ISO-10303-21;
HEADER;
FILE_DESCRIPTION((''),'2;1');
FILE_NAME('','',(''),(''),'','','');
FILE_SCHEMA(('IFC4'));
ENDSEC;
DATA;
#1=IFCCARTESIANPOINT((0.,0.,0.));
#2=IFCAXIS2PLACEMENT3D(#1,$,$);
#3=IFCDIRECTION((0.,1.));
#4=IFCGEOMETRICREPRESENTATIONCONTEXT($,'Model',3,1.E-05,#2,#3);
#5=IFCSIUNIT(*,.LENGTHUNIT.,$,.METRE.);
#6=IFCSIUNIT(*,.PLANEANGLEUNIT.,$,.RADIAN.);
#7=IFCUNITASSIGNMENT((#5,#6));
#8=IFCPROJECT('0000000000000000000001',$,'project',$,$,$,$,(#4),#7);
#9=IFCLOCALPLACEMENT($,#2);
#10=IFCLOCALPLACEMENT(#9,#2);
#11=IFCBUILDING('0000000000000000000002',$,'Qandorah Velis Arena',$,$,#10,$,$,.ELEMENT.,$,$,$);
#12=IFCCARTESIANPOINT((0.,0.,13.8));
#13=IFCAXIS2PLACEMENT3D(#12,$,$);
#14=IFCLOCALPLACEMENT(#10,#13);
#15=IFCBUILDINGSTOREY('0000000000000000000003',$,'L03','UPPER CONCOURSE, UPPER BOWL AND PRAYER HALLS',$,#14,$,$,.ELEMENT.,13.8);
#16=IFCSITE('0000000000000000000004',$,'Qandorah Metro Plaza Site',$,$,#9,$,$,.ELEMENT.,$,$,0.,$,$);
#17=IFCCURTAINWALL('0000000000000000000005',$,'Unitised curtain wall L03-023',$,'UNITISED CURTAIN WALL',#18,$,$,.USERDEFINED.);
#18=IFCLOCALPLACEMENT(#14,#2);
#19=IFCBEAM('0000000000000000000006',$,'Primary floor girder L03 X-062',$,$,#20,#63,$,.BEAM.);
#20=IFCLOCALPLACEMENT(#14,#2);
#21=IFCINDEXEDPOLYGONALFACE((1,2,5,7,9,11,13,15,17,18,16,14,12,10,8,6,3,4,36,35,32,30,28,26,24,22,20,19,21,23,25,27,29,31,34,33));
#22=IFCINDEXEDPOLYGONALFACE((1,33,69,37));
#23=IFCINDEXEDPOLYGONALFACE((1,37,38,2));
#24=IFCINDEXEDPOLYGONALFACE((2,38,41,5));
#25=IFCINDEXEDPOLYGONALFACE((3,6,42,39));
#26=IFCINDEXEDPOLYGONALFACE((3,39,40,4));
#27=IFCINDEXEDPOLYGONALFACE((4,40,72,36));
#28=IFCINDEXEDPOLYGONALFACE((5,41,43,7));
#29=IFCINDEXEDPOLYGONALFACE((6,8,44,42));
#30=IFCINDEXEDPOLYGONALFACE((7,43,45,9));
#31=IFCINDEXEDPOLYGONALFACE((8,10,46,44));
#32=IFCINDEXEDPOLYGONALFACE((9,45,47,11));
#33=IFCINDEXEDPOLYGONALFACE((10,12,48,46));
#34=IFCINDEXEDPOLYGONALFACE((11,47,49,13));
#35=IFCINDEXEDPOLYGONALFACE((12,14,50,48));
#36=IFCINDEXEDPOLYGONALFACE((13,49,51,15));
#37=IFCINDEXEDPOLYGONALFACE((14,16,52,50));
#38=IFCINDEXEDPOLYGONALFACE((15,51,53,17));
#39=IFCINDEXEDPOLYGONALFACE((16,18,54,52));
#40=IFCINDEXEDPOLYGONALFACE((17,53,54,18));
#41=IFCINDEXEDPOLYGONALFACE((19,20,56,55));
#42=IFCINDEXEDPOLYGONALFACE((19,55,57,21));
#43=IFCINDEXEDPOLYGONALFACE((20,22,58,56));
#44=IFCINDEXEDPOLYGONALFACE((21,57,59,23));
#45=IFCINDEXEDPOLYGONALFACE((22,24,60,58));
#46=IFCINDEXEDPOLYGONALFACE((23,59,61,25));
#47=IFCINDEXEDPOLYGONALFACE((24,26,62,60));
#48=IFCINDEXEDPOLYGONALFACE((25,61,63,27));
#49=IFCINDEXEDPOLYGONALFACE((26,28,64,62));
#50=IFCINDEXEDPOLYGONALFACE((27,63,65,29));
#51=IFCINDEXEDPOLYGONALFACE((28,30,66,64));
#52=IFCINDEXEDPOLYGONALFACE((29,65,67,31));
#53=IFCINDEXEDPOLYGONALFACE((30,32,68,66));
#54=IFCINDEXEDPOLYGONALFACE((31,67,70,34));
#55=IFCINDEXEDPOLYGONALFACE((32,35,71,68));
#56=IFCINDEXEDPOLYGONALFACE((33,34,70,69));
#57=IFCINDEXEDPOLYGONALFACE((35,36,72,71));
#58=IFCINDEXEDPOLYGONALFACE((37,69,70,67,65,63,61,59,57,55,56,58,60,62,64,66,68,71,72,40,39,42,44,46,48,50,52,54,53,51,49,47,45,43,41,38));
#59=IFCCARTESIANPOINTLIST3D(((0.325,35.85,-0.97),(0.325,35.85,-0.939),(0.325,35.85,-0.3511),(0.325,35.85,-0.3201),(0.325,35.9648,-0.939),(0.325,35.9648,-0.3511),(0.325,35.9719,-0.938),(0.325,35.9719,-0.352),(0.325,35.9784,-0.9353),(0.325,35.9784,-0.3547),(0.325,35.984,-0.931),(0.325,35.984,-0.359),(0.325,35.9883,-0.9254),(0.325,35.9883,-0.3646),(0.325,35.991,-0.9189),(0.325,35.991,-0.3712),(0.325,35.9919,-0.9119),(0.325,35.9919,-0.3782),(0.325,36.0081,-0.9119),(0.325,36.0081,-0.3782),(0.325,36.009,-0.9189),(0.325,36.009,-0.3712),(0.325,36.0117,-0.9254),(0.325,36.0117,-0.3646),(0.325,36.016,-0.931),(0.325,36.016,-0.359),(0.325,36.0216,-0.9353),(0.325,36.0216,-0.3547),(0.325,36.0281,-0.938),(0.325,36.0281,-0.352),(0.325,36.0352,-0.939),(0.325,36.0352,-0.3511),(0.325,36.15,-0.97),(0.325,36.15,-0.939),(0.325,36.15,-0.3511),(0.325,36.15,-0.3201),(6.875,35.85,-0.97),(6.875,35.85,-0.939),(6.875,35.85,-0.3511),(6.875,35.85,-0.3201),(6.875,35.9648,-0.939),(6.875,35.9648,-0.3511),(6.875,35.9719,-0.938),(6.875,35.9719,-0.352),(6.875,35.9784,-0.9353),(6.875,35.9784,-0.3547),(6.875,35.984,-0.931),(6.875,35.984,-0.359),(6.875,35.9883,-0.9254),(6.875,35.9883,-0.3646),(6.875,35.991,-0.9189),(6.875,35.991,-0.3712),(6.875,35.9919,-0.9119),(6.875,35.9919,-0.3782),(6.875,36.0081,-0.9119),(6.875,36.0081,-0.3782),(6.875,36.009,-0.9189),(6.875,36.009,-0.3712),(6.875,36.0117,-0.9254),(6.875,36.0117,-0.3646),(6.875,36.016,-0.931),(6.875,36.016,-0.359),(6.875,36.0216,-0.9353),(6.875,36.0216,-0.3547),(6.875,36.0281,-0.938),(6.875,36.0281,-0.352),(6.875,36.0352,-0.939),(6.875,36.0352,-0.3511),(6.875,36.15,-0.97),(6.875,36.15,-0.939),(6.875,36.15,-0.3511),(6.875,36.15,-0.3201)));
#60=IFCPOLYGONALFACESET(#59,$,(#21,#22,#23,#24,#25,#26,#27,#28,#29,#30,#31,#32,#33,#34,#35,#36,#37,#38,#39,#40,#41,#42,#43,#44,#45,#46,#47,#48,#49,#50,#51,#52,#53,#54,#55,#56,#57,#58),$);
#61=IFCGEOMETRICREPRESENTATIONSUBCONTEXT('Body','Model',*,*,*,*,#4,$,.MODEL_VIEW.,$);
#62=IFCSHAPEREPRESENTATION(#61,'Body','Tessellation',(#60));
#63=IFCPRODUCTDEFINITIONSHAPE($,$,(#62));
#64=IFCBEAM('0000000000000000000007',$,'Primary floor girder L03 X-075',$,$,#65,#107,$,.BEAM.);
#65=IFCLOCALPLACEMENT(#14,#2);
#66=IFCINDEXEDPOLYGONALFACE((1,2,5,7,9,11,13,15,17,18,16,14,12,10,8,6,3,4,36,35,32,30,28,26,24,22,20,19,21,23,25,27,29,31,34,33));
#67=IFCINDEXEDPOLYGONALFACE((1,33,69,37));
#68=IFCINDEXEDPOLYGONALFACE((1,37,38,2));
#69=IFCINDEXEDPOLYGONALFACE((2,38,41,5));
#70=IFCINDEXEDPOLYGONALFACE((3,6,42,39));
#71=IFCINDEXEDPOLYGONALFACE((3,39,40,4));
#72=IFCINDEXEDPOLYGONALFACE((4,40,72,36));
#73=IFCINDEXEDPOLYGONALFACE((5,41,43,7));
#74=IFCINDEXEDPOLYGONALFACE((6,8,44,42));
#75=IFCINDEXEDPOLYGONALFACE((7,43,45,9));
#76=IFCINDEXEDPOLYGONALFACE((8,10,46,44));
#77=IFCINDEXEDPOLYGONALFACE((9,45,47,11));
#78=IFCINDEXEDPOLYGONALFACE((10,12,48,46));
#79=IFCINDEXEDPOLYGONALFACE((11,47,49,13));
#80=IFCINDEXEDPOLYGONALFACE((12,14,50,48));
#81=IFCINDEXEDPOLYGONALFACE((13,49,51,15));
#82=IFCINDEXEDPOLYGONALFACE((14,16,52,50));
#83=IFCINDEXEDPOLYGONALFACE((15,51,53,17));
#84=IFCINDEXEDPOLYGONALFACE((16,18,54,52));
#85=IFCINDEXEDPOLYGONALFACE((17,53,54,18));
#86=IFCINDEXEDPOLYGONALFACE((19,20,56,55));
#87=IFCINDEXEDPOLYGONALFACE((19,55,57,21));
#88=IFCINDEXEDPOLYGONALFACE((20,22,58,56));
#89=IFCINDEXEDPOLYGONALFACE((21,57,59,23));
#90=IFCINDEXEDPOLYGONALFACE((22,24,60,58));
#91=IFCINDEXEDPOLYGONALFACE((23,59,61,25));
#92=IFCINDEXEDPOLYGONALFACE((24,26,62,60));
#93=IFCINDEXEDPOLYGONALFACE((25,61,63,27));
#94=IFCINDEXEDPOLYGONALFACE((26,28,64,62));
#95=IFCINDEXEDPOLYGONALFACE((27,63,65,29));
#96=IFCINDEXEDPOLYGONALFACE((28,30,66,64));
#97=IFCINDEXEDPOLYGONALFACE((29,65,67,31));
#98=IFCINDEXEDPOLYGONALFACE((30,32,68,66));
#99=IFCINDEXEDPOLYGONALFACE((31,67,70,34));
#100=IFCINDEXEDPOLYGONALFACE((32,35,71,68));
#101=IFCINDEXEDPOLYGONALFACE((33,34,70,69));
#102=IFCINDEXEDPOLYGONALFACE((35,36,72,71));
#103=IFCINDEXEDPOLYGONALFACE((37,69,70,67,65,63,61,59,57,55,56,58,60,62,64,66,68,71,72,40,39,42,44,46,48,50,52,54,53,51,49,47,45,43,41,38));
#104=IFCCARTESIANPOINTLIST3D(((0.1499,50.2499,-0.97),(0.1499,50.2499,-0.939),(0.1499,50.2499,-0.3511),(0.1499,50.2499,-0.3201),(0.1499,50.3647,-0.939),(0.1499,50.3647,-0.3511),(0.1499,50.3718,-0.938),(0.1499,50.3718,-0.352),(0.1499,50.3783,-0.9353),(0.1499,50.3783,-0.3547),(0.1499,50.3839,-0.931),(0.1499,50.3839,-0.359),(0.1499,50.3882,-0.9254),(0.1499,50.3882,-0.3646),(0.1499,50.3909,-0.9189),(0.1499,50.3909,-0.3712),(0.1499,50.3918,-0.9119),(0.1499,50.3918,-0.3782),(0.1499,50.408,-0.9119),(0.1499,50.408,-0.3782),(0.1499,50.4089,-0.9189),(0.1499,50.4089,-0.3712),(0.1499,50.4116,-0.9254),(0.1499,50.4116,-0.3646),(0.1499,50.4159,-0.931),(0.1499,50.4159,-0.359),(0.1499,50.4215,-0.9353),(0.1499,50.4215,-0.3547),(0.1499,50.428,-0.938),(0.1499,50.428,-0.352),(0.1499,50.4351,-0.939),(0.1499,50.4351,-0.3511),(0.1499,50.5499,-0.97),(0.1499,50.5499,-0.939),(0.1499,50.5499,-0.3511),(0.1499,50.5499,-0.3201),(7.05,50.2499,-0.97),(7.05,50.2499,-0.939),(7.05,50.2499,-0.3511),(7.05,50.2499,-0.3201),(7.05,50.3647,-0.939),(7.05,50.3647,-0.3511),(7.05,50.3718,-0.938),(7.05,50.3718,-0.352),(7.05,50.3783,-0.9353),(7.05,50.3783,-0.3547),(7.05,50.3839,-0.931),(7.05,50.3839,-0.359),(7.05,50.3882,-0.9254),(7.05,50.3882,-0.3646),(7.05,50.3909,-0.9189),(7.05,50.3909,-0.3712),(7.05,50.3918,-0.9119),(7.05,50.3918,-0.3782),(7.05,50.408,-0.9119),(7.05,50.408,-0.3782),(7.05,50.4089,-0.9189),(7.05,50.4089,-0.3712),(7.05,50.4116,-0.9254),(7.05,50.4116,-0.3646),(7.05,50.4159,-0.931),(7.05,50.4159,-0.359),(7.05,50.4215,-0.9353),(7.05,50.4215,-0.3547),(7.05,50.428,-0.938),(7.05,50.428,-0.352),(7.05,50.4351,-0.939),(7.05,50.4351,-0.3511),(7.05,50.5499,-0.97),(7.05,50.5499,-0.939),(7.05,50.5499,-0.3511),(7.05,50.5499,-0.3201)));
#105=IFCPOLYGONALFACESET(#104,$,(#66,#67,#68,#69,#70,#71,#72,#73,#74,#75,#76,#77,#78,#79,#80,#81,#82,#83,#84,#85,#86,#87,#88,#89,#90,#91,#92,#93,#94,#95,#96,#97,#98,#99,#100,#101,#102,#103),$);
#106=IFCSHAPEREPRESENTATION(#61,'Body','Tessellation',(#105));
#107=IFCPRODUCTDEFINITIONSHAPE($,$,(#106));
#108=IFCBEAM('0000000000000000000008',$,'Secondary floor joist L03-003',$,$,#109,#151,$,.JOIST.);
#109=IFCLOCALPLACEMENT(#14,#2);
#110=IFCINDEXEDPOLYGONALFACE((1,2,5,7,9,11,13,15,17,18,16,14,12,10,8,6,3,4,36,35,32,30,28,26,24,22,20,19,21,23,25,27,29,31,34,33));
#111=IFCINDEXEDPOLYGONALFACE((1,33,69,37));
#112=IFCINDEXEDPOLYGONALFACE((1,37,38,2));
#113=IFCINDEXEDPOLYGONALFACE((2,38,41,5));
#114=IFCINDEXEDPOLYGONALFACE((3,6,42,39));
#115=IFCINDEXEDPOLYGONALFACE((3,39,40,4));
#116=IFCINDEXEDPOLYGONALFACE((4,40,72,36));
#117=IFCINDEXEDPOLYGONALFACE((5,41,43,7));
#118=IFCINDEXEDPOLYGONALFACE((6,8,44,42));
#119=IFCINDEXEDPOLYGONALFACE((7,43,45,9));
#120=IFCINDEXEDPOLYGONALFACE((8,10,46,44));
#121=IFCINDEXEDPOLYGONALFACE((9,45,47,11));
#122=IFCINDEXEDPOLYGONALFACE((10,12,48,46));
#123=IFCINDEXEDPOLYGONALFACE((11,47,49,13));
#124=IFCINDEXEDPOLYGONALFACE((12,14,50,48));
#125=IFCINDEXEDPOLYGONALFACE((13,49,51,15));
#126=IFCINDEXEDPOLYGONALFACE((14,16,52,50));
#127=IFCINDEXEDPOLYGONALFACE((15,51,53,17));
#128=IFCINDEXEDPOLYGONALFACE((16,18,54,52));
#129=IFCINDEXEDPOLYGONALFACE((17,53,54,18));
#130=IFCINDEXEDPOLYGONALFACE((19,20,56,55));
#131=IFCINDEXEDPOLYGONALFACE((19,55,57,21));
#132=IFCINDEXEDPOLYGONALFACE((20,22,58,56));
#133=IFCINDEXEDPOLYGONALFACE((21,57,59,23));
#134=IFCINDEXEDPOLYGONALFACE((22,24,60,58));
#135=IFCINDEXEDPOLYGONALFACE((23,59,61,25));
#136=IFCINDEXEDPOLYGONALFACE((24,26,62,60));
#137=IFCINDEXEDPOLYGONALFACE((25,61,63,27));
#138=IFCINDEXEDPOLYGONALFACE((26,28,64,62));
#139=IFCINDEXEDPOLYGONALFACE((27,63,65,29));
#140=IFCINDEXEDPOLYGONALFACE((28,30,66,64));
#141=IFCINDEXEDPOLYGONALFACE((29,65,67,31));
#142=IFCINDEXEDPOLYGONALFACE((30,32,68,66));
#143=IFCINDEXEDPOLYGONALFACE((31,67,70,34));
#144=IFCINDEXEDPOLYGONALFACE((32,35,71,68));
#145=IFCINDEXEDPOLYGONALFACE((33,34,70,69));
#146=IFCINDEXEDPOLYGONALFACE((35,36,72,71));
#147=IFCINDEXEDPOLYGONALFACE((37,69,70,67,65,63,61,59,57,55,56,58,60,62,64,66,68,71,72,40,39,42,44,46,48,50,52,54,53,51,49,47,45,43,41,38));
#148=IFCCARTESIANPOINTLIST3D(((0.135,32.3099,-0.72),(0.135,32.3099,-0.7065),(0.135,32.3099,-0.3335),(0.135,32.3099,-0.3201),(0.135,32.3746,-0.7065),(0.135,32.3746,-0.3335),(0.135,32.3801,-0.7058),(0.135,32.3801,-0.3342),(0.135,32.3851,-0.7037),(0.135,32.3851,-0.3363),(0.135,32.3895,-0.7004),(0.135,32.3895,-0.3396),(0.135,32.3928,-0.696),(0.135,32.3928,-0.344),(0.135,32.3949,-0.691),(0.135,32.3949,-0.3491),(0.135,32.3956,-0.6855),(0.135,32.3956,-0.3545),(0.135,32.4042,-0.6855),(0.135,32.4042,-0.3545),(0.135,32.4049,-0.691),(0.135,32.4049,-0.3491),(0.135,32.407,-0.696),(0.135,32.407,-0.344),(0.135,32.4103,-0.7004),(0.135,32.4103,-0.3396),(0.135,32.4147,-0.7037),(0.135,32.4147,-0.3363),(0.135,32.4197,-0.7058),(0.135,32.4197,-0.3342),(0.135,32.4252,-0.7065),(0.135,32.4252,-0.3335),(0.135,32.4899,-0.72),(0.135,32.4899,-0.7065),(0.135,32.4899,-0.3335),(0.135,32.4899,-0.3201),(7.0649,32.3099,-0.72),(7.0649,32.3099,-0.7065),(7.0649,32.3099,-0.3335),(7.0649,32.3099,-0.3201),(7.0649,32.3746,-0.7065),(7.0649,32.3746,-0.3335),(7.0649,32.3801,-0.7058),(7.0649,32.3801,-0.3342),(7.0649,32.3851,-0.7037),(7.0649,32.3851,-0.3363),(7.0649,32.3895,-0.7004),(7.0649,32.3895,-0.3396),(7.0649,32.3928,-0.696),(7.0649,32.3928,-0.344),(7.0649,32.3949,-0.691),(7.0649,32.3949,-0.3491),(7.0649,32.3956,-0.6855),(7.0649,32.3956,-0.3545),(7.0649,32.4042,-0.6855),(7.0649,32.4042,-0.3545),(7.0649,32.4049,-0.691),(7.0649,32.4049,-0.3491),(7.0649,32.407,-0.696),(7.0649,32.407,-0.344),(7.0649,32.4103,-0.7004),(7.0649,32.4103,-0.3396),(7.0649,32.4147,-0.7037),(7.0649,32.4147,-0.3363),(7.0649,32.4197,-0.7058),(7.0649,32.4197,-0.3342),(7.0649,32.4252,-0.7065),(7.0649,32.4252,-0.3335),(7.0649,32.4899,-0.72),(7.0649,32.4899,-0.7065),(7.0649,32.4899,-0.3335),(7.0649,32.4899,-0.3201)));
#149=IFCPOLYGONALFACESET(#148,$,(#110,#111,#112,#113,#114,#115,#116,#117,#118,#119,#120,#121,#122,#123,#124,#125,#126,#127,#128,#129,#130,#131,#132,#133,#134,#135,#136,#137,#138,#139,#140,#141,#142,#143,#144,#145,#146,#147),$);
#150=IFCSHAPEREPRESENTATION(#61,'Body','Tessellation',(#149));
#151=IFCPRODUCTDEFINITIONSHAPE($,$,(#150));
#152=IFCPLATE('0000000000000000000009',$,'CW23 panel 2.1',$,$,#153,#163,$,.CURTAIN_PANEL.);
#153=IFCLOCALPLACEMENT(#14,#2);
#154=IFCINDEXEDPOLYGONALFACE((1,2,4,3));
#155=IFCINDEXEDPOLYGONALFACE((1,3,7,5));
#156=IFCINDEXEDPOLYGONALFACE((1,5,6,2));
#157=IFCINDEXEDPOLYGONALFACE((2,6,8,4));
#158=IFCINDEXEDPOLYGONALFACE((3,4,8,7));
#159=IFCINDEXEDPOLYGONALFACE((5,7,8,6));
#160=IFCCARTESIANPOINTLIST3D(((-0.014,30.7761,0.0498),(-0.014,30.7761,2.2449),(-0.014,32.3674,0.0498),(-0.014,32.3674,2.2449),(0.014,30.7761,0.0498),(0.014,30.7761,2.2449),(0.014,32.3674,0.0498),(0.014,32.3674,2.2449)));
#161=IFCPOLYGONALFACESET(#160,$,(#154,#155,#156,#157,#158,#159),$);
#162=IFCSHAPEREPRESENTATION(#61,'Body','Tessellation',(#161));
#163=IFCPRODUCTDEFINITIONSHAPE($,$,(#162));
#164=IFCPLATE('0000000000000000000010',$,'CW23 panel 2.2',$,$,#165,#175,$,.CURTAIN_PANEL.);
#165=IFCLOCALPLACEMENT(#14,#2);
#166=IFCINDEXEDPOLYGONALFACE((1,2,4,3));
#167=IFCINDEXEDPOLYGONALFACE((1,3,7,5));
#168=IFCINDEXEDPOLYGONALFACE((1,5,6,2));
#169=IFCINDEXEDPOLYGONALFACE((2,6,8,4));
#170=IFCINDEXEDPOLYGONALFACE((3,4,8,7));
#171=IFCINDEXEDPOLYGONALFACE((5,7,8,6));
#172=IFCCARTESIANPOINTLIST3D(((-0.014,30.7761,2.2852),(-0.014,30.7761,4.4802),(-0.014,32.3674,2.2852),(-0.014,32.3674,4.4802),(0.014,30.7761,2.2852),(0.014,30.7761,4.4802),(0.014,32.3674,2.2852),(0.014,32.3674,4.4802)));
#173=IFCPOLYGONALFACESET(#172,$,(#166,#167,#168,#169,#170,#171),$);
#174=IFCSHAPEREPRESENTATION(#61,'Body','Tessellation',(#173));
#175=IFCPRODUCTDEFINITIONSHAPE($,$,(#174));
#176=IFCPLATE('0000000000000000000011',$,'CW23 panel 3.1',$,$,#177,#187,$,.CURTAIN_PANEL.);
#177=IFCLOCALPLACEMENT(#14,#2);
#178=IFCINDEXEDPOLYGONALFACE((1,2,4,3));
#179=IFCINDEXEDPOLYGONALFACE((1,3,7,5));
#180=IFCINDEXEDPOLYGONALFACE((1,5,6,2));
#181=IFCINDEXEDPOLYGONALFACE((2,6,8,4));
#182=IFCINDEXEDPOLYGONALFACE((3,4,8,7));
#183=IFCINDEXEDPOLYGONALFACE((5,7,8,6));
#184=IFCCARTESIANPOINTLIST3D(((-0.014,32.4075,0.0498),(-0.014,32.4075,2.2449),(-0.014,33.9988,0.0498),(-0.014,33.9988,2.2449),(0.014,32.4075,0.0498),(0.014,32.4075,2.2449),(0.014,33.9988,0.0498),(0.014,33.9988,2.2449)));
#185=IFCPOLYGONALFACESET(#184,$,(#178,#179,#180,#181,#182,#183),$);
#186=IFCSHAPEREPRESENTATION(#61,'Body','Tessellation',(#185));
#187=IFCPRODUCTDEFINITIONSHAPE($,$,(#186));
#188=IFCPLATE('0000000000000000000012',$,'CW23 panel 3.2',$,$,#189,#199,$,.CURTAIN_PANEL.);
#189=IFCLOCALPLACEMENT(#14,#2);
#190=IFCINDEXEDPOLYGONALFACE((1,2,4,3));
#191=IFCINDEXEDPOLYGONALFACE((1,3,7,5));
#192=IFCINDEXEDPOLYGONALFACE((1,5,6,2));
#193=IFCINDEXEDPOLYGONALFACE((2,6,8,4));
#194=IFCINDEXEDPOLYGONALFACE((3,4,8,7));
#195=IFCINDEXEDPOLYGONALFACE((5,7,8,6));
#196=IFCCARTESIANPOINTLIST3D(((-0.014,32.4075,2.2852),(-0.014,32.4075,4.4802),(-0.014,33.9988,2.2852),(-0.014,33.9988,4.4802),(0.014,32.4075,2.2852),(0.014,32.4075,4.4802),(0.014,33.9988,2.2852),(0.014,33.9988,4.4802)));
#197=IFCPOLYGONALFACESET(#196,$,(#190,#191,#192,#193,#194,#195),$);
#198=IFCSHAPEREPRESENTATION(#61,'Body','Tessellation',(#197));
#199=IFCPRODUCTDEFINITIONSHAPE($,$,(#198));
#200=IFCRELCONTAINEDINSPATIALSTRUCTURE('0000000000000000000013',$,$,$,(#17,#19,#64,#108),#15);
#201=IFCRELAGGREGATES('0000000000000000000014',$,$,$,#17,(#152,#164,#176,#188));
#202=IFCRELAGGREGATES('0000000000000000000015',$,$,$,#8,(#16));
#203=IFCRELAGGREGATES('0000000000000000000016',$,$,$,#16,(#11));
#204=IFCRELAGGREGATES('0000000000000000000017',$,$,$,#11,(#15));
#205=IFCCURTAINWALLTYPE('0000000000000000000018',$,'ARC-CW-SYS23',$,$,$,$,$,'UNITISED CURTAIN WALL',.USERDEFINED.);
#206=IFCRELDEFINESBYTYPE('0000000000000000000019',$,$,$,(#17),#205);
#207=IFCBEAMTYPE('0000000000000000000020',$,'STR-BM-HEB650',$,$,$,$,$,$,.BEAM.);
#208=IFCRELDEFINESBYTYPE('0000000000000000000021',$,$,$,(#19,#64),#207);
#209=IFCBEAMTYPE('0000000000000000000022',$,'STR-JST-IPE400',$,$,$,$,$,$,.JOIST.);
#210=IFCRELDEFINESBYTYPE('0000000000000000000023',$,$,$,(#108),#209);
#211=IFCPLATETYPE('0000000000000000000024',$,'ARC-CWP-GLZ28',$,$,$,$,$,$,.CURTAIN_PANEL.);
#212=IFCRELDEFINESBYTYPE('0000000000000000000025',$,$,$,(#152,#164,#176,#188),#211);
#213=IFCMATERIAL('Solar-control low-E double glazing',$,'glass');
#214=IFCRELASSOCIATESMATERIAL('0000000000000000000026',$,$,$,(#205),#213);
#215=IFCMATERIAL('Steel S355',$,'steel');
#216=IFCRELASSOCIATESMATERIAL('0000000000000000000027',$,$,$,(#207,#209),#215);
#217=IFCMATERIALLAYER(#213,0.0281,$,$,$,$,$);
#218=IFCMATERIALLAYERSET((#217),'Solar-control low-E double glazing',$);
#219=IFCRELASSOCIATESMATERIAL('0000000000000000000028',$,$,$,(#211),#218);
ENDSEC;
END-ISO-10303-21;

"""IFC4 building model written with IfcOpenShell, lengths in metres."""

from ifc_helpers import new_model, si_unit, direction, frame, origin, origin_2d, place, context, subcontext, project, spatial, rectangle, i_section, extrude, material, layer, layer_set, material_profile, profile_set, type_object, element, aggregate, save


model = new_model("IFC4")

# Units and contexts
model_context = context("Model", 3, precision=1e-05, world=origin(), true_north=direction((0.0, 1.0)))
body_context = subcontext(model_context, "Body", "Model", "MODEL_VIEW")
ifc_project = project(units=[si_unit("LENGTHUNIT", "METRE"), si_unit("PLANEANGLEUNIT", "RADIAN")], contexts=[model_context])

# Site, building, storey
site_placement = place(None, origin())
site = spatial("IfcSite", under=ifc_project, at=site_placement, Name="Qandorah Metro Plaza Site", CompositionType="ELEMENT", RefElevation=0.0)
building_placement = place(site_placement, origin())
building = spatial("IfcBuilding", under=site, at=building_placement, Name="Qandorah Velis Arena", CompositionType="ELEMENT")
storey_placement = place(building_placement, frame((0.0, 0.0, 13.8)))
storey = spatial("IfcBuildingStorey", under=building, at=storey_placement, Name="L03", Description="UPPER CONCOURSE, UPPER BOWL AND PRAYER HALLS", CompositionType="ELEMENT", Elevation=13.8)

# Curtain wall
ifc_material_1 = material(Name="Solar-control low-E double glazing", Category="glass")
curtain_wall_type = type_object("IfcCurtainWallType", Name="ARC-CW-SYS23", ElementType="UNITISED CURTAIN WALL", PredefinedType="USERDEFINED", material=ifc_material_1)
curtain_wall_placement = place(storey_placement, origin())
curtain_wall = element("IfcCurtainWall", 1, at=curtain_wall_placement, inside=storey, type_object=curtain_wall_type, Name="Unitised curtain wall L03-023", ObjectType="UNITISED CURTAIN WALL", PredefinedType="USERDEFINED")

# Beams
ifc_material_2 = material(Name="Steel S355", Category="steel")
ifc_material_profile_1 = material_profile(ifc_material_2, i_section(OverallWidth=0.3, OverallDepth=0.6499, WebThickness=0.0161, FlangeThickness=0.031, FilletRadius=0.0271, at=origin_2d()), Name="HEB 650")
ifc_profile_set_1 = profile_set([ifc_material_profile_1], Name="Steel S355")
beam_type_1 = type_object("IfcBeamType", Name="STR-BM-HEB650", PredefinedType="BEAM", material=ifc_profile_set_1)
beam_1_placement = place(storey_placement, frame((0.325, 36.0, -0.645), z_axis=(1.0, 0.0, 0.0), x_axis=(0.0, 1.0, 0.0)))
element("IfcBeam", 2, at=beam_1_placement, inside=storey, type_object=beam_type_1, Name="Primary floor girder L03 X-062", PredefinedType="BEAM", context=body_context, shape_type="SweptSolid", body=[
    extrude(i_section(OverallWidth=0.3, OverallDepth=0.6499, WebThickness=0.0161, FlangeThickness=0.031, FilletRadius=0.0271, at=origin_2d()), origin(), (0.0, 0.0, 1.0), 6.55),
])
beam_2_placement = place(storey_placement, frame((0.1499, 50.3999, -0.645), z_axis=(1.0, 0.0, 0.0), x_axis=(0.0, 1.0, 0.0)))
element("IfcBeam", 3, at=beam_2_placement, inside=storey, type_object=beam_type_1, Name="Primary floor girder L03 X-075", PredefinedType="BEAM", context=body_context, shape_type="SweptSolid", body=[
    extrude(i_section(OverallWidth=0.3, OverallDepth=0.6499, WebThickness=0.0161, FlangeThickness=0.031, FilletRadius=0.0271, at=origin_2d()), origin(), (0.0, 0.0, 1.0), 6.9001),
])
ifc_material_profile_2 = material_profile(ifc_material_2, i_section(OverallWidth=0.1799, OverallDepth=0.3999, WebThickness=0.0085, FlangeThickness=0.0134, FilletRadius=0.021, at=origin_2d()), Name="IPE 400")
ifc_profile_set_2 = profile_set([ifc_material_profile_2], Name="Steel S355")
beam_type_2 = type_object("IfcBeamType", Name="STR-JST-IPE400", PredefinedType="JOIST", material=ifc_profile_set_2)
beam_3_placement = place(storey_placement, frame((0.135, 32.3999, -0.52), z_axis=(1.0, 0.0, 0.0), x_axis=(0.0, 1.0, 0.0)))
element("IfcBeam", 4, at=beam_3_placement, inside=storey, type_object=beam_type_2, Name="Secondary floor joist L03-003", PredefinedType="JOIST", context=body_context, shape_type="SweptSolid", body=[
    extrude(i_section(OverallWidth=0.1799, OverallDepth=0.3999, WebThickness=0.0085, FlangeThickness=0.0134, FilletRadius=0.021, at=origin_2d()), origin(), (0.0, 0.0, 1.0), 6.9299),
])

# Plates
ifc_layer_1 = layer(ifc_material_1, 0.0281)
ifc_layer_set_1 = layer_set([ifc_layer_1], Name="Solar-control low-E double glazing")
plate_type = type_object("IfcPlateType", Name="ARC-CWP-GLZ28", PredefinedType="CURTAIN_PANEL", material=ifc_layer_set_1)
plate_1_placement = place(storey_placement, frame((0.0, 31.5718, 0.0498), z_axis=(0.0, 0.0, 1.0), x_axis=(0.0, 1.0, 0.0)))
plate_1 = element("IfcPlate", 5, at=plate_1_placement, type_object=plate_type, Name="CW23 panel 2.1", PredefinedType="CURTAIN_PANEL", context=body_context, shape_type="SweptSolid", body=[
    extrude(rectangle(XDim=1.5913, YDim=0.0281, at=origin_2d()), origin(), (0.0, 0.0, 1.0), 2.1951),
])
plate_2_placement = place(storey_placement, frame((0.0, 31.5718, 2.2852), z_axis=(0.0, 0.0, 1.0), x_axis=(0.0, 1.0, 0.0)))
plate_2 = element("IfcPlate", 6, at=plate_2_placement, type_object=plate_type, Name="CW23 panel 2.2", PredefinedType="CURTAIN_PANEL", context=body_context, shape_type="SweptSolid", body=[
    extrude(rectangle(XDim=1.5913, YDim=0.0281, at=origin_2d()), origin(), (0.0, 0.0, 1.0), 2.1951),
])
plate_3_placement = place(storey_placement, frame((0.0, 33.2031, 0.0498), z_axis=(0.0, 0.0, 1.0), x_axis=(0.0, 1.0, 0.0)))
plate_3 = element("IfcPlate", 7, at=plate_3_placement, type_object=plate_type, Name="CW23 panel 3.1", PredefinedType="CURTAIN_PANEL", context=body_context, shape_type="SweptSolid", body=[
    extrude(rectangle(XDim=1.5913, YDim=0.0281, at=origin_2d()), origin(), (0.0, 0.0, 1.0), 2.1951),
])
plate_4_placement = place(storey_placement, frame((0.0, 33.2031, 2.2852), z_axis=(0.0, 0.0, 1.0), x_axis=(0.0, 1.0, 0.0)))
plate_4 = element("IfcPlate", 8, at=plate_4_placement, type_object=plate_type, Name="CW23 panel 3.2", PredefinedType="CURTAIN_PANEL", context=body_context, shape_type="SweptSolid", body=[
    extrude(rectangle(XDim=1.5913, YDim=0.0281, at=origin_2d()), origin(), (0.0, 0.0, 1.0), 2.1951),
])
aggregate(curtain_wall, [plate_1, plate_2, plate_3, plate_4])

save(model, "model.ifc")
